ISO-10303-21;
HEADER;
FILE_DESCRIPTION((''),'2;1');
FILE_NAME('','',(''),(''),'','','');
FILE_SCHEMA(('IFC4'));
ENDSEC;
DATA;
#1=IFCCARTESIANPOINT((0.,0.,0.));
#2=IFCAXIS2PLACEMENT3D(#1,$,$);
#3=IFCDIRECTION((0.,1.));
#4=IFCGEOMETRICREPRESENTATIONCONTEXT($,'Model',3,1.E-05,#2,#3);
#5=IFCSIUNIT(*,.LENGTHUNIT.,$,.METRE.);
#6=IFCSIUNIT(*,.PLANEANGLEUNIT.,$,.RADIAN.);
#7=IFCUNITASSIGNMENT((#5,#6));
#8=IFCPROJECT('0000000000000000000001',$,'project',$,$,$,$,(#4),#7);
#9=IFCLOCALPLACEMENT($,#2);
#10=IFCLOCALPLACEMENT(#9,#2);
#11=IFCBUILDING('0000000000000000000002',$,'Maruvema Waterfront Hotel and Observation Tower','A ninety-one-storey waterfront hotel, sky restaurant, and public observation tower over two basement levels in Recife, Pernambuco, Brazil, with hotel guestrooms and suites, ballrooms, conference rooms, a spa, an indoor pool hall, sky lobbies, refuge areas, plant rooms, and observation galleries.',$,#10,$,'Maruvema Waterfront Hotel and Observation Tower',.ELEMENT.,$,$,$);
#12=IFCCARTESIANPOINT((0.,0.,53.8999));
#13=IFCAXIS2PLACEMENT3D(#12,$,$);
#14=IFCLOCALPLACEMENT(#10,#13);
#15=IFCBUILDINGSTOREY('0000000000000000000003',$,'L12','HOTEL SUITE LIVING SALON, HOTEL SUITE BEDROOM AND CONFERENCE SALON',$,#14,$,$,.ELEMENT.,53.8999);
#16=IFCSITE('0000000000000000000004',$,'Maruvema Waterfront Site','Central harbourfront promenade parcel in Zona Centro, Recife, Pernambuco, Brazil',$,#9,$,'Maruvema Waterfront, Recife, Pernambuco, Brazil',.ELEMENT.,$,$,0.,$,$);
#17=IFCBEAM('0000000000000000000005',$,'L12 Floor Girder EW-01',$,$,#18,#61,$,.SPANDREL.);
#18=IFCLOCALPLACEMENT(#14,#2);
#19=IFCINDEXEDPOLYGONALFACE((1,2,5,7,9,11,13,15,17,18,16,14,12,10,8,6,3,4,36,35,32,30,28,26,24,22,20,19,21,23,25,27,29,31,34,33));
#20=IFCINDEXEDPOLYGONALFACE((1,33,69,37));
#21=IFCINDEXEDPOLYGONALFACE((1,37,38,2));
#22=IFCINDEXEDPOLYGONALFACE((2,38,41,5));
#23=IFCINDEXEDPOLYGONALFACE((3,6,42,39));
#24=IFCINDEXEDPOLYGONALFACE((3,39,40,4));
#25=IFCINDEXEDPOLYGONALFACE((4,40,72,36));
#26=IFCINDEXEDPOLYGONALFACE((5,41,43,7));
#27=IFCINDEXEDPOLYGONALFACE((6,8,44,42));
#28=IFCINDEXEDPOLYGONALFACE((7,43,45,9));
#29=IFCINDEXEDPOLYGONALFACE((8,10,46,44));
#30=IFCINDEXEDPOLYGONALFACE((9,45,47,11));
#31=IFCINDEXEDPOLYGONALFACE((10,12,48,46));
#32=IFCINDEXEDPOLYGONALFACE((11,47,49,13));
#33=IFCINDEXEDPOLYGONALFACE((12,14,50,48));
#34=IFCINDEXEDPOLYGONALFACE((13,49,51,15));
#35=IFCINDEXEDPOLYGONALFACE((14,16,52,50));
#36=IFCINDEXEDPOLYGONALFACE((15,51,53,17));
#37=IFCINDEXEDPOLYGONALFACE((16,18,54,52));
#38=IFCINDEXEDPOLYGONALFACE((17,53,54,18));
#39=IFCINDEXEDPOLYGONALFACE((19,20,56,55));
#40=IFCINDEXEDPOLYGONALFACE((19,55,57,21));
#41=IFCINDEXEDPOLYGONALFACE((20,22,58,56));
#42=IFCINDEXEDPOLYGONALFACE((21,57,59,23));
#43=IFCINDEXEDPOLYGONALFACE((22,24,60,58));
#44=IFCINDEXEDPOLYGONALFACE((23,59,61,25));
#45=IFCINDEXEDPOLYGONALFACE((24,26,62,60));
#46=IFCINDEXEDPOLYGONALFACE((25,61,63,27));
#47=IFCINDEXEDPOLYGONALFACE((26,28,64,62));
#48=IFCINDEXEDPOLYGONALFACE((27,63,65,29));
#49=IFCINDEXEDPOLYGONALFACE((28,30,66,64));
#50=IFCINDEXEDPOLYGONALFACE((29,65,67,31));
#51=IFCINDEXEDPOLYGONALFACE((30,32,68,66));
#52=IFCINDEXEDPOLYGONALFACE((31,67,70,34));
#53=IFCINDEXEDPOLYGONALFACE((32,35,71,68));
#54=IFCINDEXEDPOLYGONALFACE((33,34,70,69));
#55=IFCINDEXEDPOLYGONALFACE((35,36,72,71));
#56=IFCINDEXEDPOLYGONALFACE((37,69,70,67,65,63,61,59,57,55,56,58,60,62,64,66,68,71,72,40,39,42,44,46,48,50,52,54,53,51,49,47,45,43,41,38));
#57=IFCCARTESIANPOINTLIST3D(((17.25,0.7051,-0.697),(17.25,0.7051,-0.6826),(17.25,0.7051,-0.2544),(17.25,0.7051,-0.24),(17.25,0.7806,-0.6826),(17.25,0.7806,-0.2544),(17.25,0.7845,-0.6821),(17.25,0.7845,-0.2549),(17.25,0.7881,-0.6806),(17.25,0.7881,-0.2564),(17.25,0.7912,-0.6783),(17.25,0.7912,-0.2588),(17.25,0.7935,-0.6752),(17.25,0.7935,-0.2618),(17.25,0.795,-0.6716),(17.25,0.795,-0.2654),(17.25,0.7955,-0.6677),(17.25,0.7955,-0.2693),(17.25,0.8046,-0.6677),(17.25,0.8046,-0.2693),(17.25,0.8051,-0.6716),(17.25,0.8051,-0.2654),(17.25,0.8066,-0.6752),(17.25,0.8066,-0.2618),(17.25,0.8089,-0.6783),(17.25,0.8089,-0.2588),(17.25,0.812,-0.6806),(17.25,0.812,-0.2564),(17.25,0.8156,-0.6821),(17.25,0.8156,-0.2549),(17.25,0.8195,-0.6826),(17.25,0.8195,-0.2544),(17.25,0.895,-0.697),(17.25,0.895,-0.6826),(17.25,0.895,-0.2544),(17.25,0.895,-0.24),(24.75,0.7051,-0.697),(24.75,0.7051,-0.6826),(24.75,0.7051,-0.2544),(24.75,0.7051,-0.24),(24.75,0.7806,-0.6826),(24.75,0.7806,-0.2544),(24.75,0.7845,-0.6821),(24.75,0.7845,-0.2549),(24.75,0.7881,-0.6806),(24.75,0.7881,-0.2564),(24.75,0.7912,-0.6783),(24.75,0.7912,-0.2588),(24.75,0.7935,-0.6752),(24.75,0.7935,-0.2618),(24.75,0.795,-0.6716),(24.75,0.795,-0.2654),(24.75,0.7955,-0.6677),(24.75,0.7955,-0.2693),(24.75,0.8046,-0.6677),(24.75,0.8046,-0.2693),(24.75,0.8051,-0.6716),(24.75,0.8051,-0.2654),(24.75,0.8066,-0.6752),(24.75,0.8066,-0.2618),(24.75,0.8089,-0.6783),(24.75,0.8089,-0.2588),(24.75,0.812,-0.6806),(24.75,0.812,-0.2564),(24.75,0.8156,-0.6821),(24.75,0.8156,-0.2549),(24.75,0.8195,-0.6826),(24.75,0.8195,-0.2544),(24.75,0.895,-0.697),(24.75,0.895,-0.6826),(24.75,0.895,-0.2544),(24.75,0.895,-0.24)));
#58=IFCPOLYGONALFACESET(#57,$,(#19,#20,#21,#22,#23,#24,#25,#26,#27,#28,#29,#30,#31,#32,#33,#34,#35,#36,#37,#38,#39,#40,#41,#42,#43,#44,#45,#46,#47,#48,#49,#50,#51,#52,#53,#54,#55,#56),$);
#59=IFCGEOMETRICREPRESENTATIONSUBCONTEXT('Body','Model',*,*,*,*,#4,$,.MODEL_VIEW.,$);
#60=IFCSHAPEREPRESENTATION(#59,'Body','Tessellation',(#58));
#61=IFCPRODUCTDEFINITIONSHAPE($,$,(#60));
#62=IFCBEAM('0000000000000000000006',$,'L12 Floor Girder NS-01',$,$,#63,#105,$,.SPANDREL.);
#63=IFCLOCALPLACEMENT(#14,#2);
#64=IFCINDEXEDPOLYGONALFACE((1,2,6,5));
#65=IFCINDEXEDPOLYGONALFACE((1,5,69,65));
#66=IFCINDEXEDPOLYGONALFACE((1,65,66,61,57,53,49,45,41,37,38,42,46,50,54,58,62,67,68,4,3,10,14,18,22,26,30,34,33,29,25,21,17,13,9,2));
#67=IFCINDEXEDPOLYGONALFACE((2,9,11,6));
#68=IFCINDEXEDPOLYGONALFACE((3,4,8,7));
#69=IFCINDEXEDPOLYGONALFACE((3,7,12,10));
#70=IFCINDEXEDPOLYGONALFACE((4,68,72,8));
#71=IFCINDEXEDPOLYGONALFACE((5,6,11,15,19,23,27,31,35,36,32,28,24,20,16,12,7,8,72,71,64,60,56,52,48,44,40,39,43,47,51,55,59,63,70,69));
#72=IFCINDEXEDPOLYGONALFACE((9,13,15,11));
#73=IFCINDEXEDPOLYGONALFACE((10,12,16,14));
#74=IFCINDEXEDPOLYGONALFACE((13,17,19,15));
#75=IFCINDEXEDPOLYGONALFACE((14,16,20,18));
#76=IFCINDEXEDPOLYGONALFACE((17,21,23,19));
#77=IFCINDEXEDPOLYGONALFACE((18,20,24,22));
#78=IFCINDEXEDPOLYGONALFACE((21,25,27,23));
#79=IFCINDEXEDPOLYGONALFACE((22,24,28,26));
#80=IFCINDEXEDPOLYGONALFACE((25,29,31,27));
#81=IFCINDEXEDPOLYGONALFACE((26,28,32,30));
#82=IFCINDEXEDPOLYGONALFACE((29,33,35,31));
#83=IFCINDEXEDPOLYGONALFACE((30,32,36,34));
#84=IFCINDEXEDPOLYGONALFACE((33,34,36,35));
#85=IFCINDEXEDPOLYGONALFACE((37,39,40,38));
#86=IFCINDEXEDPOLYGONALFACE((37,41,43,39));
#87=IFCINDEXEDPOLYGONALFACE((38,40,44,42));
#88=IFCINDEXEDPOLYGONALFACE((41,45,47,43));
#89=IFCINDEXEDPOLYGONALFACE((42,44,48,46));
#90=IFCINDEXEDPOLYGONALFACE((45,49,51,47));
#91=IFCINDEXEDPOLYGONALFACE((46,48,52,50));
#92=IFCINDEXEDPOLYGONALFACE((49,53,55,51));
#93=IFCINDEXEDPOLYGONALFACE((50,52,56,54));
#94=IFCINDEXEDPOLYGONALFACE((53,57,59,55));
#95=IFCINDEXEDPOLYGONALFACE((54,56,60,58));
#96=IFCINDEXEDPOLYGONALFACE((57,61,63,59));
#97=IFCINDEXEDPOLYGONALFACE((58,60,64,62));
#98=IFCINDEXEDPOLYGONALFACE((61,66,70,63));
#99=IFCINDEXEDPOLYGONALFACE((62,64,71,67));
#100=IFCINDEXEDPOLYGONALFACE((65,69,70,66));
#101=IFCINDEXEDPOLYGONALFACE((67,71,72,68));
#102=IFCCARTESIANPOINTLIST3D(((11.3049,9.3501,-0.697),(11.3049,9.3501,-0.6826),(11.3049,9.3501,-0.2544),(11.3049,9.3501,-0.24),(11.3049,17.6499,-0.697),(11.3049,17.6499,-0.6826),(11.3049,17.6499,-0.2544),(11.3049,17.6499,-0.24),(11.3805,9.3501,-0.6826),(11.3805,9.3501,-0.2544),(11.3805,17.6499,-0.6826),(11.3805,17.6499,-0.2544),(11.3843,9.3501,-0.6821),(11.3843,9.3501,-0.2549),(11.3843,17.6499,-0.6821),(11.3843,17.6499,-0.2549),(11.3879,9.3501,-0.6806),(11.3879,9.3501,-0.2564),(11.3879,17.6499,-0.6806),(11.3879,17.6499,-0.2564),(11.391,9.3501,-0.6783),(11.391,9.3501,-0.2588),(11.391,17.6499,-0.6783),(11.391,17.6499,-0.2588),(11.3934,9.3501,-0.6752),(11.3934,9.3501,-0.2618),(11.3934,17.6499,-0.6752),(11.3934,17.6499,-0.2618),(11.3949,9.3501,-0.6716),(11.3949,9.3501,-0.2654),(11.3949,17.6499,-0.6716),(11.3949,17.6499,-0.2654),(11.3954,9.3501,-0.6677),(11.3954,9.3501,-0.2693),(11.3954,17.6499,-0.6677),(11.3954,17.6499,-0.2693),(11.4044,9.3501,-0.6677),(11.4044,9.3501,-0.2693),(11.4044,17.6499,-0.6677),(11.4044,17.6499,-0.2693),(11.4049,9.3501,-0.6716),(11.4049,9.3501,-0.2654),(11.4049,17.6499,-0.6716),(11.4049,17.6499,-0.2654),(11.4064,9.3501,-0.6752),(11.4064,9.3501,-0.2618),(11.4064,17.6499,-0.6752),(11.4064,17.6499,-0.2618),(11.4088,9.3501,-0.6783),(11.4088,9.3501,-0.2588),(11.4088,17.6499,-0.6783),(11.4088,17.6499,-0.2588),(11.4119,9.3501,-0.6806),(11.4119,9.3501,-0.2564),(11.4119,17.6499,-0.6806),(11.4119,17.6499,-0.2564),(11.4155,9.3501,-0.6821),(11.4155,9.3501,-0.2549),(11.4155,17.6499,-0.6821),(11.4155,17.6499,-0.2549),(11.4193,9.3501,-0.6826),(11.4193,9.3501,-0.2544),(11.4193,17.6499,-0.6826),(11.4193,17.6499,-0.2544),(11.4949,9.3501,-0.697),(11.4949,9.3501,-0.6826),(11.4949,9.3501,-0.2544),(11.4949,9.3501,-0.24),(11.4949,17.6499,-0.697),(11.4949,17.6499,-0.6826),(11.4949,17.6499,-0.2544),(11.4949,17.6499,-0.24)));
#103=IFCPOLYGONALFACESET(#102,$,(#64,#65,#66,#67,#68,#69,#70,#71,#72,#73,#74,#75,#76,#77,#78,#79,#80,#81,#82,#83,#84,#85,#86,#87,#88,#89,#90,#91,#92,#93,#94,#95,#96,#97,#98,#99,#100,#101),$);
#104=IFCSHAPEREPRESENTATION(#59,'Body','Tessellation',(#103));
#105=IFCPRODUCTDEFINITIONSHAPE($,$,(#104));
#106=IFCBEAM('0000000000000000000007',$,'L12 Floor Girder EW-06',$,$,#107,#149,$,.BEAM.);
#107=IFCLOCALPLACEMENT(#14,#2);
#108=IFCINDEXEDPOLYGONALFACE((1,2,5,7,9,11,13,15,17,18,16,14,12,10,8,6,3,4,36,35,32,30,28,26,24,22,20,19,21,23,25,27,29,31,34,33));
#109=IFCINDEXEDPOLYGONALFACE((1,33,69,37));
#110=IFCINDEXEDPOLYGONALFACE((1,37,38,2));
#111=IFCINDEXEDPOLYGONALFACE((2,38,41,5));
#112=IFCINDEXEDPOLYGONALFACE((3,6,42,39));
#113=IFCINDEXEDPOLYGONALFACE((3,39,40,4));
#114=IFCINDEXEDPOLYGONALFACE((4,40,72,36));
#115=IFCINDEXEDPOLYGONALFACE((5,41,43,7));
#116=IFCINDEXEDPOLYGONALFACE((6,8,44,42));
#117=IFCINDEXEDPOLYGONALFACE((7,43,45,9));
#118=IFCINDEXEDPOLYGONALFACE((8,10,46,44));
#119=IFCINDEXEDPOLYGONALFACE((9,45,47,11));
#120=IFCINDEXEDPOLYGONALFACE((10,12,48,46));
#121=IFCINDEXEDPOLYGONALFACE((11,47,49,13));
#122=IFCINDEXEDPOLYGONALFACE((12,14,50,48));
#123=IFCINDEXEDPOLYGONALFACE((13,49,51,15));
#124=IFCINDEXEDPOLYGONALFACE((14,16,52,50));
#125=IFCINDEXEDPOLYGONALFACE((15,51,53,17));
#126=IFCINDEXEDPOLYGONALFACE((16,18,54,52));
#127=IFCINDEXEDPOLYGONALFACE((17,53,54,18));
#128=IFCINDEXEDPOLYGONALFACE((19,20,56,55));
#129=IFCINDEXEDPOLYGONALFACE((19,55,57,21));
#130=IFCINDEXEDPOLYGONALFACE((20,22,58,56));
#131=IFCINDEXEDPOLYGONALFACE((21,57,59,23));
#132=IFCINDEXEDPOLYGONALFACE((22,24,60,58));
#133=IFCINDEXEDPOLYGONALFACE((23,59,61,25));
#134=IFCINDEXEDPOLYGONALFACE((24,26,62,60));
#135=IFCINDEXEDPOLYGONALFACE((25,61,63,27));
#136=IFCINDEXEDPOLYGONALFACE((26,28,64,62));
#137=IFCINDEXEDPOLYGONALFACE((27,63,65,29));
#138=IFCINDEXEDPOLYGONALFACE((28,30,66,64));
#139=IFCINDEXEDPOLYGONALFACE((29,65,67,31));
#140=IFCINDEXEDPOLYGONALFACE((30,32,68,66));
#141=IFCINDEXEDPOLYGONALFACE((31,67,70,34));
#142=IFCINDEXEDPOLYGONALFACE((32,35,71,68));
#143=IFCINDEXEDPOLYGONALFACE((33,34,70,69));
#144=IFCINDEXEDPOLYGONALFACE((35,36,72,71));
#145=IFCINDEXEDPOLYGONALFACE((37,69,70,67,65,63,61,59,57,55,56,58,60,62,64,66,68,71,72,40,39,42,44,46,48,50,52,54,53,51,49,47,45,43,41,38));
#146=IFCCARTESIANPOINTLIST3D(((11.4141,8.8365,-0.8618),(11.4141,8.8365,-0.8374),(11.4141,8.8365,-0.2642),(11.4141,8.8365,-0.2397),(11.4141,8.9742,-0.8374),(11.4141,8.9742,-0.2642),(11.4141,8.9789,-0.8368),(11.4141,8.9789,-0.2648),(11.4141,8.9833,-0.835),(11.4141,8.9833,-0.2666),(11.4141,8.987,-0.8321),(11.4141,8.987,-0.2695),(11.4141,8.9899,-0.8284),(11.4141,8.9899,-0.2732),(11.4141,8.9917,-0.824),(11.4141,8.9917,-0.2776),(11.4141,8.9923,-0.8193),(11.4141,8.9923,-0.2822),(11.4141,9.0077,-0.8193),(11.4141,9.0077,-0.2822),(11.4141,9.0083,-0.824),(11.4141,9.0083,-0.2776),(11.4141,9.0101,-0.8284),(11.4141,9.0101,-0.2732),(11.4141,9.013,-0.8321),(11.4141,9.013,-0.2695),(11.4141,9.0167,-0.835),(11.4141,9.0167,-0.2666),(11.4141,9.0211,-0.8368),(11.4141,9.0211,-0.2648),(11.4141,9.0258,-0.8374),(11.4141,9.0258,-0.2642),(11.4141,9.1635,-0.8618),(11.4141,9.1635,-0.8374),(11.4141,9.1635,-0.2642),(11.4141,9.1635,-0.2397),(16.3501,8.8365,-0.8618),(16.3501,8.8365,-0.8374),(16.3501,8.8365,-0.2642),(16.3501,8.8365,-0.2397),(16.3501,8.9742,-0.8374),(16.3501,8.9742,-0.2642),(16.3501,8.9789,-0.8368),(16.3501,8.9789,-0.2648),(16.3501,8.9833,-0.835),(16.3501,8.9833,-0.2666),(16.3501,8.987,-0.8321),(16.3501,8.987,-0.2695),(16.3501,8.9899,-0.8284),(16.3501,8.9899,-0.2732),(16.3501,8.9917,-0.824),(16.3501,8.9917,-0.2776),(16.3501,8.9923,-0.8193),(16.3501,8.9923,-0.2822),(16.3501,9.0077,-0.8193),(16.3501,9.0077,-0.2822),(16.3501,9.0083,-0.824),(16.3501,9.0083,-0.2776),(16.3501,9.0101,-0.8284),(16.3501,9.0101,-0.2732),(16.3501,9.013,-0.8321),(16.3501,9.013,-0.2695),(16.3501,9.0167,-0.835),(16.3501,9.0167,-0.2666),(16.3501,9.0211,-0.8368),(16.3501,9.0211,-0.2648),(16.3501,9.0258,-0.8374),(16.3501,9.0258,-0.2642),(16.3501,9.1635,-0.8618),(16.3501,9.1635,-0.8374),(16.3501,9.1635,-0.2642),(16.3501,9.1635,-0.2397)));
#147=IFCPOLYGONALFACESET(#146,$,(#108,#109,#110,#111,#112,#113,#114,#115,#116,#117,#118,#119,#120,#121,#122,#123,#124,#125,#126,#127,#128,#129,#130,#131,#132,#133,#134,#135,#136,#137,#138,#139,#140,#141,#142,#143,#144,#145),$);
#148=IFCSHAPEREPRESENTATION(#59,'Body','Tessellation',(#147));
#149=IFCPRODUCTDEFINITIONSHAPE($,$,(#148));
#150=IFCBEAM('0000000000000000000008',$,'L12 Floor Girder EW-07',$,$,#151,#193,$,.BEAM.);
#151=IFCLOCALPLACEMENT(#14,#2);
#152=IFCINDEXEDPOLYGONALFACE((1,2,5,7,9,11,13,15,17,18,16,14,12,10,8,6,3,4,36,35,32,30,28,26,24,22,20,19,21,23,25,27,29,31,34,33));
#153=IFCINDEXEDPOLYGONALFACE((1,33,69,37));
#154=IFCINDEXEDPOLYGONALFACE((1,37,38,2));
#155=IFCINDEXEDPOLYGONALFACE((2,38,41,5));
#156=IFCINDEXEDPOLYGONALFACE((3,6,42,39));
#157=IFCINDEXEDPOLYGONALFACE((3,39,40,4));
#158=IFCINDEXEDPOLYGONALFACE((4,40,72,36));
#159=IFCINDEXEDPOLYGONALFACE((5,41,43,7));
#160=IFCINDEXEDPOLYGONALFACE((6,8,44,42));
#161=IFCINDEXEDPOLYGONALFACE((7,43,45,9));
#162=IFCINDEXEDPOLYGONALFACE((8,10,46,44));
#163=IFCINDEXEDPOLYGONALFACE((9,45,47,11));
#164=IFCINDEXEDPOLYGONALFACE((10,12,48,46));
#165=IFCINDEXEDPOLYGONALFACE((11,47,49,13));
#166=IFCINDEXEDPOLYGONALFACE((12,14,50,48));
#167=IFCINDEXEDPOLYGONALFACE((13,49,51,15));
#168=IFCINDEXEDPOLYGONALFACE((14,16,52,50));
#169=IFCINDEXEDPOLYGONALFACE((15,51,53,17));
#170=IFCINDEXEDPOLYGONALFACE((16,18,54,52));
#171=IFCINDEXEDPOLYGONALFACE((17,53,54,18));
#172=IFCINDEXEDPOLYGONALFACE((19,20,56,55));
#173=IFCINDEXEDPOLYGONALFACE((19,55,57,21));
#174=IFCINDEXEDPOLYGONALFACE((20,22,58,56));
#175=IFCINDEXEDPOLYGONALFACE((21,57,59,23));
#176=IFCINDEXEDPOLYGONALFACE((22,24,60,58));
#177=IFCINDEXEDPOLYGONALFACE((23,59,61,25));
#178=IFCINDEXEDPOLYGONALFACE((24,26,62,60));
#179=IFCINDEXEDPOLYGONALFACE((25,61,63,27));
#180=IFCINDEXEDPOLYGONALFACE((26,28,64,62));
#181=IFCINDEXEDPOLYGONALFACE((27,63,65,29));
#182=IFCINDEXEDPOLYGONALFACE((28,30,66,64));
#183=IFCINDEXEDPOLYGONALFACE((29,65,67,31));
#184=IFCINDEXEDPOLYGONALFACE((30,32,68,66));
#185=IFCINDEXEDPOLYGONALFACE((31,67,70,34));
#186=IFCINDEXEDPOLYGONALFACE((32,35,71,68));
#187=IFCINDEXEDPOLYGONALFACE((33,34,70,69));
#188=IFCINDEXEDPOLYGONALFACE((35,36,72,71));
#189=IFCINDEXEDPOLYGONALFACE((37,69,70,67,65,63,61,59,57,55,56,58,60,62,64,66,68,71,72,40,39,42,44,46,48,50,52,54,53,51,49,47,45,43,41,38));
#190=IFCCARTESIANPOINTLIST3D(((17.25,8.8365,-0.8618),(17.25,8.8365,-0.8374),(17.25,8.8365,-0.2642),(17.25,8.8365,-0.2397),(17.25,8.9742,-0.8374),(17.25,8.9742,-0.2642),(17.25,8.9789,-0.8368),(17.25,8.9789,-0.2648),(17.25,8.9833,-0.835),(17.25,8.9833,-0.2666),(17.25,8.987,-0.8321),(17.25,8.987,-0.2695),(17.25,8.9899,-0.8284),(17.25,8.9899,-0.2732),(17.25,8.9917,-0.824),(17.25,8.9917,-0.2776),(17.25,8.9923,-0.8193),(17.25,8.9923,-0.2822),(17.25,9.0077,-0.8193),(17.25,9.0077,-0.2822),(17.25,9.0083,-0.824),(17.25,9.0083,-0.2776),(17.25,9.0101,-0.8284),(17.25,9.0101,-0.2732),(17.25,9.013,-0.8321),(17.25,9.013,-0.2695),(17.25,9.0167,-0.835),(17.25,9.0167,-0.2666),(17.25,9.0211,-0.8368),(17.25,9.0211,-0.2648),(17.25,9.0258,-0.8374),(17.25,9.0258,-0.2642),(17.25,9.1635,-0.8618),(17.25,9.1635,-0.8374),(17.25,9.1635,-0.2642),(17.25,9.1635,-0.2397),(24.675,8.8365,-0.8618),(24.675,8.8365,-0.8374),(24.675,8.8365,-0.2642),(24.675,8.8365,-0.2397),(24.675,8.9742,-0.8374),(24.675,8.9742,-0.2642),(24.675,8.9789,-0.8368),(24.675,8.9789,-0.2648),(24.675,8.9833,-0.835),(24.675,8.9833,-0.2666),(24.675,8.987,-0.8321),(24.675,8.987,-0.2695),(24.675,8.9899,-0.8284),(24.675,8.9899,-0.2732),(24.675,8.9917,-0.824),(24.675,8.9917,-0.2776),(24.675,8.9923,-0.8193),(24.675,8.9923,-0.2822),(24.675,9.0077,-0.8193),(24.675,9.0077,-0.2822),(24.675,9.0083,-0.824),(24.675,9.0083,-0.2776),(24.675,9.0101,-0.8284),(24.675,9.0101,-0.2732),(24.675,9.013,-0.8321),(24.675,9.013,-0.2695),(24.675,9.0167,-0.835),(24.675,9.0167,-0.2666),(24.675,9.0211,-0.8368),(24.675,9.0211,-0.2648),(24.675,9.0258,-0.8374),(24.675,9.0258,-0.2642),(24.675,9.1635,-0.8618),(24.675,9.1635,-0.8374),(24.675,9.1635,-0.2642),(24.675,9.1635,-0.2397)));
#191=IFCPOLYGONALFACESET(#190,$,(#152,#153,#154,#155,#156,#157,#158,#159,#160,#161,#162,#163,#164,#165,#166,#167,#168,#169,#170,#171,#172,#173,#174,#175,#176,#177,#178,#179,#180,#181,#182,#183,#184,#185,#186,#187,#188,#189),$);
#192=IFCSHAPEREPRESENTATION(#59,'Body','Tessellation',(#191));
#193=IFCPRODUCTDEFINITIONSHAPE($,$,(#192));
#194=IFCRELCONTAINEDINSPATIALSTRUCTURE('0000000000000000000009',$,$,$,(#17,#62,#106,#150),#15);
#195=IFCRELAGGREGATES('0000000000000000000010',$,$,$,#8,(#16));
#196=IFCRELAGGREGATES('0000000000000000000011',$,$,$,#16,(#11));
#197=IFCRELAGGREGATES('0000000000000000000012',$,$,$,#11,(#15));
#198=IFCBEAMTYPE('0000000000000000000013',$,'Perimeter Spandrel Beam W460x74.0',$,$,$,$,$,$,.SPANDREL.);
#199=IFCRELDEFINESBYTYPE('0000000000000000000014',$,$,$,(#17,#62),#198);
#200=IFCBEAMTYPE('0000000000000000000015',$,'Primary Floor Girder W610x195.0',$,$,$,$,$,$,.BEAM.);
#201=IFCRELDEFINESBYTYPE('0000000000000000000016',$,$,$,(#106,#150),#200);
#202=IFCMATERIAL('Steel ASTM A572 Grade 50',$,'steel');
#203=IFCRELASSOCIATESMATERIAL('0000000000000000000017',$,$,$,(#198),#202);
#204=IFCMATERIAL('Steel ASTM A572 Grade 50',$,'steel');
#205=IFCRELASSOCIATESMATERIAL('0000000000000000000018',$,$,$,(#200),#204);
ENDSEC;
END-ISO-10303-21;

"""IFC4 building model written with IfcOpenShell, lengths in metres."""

from ifc_helpers import new_model, si_unit, direction, frame, origin, origin_2d, place, context, subcontext, project, spatial, i_section, extrude, material, material_profile, profile_set, type_object, element, save


model = new_model("IFC4")

# Units and contexts
model_context = context("Model", 3, precision=1e-05, world=origin(), true_north=direction((0.0, 1.0)))
body_context = subcontext(model_context, "Body", "Model", "MODEL_VIEW")
ifc_project = project(units=[si_unit("LENGTHUNIT", "METRE"), si_unit("PLANEANGLEUNIT", "RADIAN")], contexts=[model_context])

# Site, building, storey
site_placement = place(None, origin())
site = spatial("IfcSite", under=ifc_project, at=site_placement, Name="Maruvema Waterfront Site", Description="Central harbourfront promenade parcel in Zona Centro, Recife, Pernambuco, Brazil", LongName="Maruvema Waterfront, Recife, Pernambuco, Brazil", CompositionType="ELEMENT", RefElevation=0.0)
building_placement = place(site_placement, origin())
building = spatial("IfcBuilding", under=site, at=building_placement, Name="Maruvema Waterfront Hotel and Observation Tower", Description="A ninety-one-storey waterfront hotel, sky restaurant, and public observation tower over two basement levels in Recife, Pernambuco, Brazil, with hotel guestrooms and suites, ballrooms, conference rooms, a spa, an indoor pool hall, sky lobbies, refuge areas, plant rooms, and observation galleries.", LongName="Maruvema Waterfront Hotel and Observation Tower", CompositionType="ELEMENT")
storey_placement = place(building_placement, frame((0.0, 0.0, 53.8999)))
storey = spatial("IfcBuildingStorey", under=building, at=storey_placement, Name="L12", Description="HOTEL SUITE LIVING SALON, HOTEL SUITE BEDROOM AND CONFERENCE SALON", CompositionType="ELEMENT", Elevation=53.8999)

# Beams
ifc_material_1 = material(Name="Steel ASTM A572 Grade 50", Category="steel")
ifc_material_profile_1 = material_profile(ifc_material_1, i_section(OverallWidth=0.1899, OverallDepth=0.457, WebThickness=0.009, FlangeThickness=0.0144, FilletRadius=0.0149, at=origin_2d()), Name="W460x74.0")
ifc_profile_set_1 = profile_set([ifc_material_profile_1], Name="Steel ASTM A572 Grade 50")
beam_type_1 = type_object("IfcBeamType", Name="Perimeter Spandrel Beam W460x74.0", PredefinedType="SPANDREL", material=ifc_profile_set_1)
beam_1_placement = place(storey_placement, frame((17.25, 0.8, -0.4685), z_axis=(1.0, 0.0, 0.0), x_axis=(0.0, 1.0, 0.0)))
element("IfcBeam", 1, at=beam_1_placement, inside=storey, type_object=beam_type_1, Name="L12 Floor Girder EW-01", PredefinedType="SPANDREL", context=body_context, shape_type="SweptSolid", body=[
    extrude(i_section(OverallWidth=0.1899, OverallDepth=0.457, WebThickness=0.009, FlangeThickness=0.0144, FilletRadius=0.0149, at=origin_2d()), origin(), (0.0, 0.0, 1.0), 7.5),
])
beam_2_placement = place(storey_placement, frame((11.3999, 9.3501, -0.4685), z_axis=(0.0, 1.0, 0.0), x_axis=(-1.0, 0.0, 0.0)))
element("IfcBeam", 2, at=beam_2_placement, inside=storey, type_object=beam_type_1, Name="L12 Floor Girder NS-01", PredefinedType="SPANDREL", context=body_context, shape_type="SweptSolid", body=[
    extrude(i_section(OverallWidth=0.1899, OverallDepth=0.457, WebThickness=0.009, FlangeThickness=0.0144, FilletRadius=0.0149, at=origin_2d()), origin(), (0.0, 0.0, 1.0), 8.2998),
])
ifc_material_2 = material(Name="Steel ASTM A572 Grade 50", Category="steel")
ifc_material_profile_2 = material_profile(ifc_material_2, i_section(OverallWidth=0.3269, OverallDepth=0.6221, WebThickness=0.0154, FlangeThickness=0.0244, FilletRadius=0.0181, at=origin_2d()), Name="W610x195.0")
ifc_profile_set_2 = profile_set([ifc_material_profile_2], Name="Steel ASTM A572 Grade 50")
beam_type_2 = type_object("IfcBeamType", Name="Primary Floor Girder W610x195.0", PredefinedType="BEAM", material=ifc_profile_set_2)
beam_3_placement = place(storey_placement, frame((11.4141, 9.0, -0.5508), z_axis=(1.0, 0.0, 0.0), x_axis=(0.0, 1.0, 0.0)))
element("IfcBeam", 3, at=beam_3_placement, inside=storey, type_object=beam_type_2, Name="L12 Floor Girder EW-06", PredefinedType="BEAM", context=body_context, shape_type="SweptSolid", body=[
    extrude(i_section(OverallWidth=0.3269, OverallDepth=0.6221, WebThickness=0.0154, FlangeThickness=0.0244, FilletRadius=0.0181, at=origin_2d()), origin(), (0.0, 0.0, 1.0), 4.936),
])
beam_4_placement = place(storey_placement, frame((17.25, 9.0, -0.5508), z_axis=(1.0, 0.0, 0.0), x_axis=(0.0, 1.0, 0.0)))
element("IfcBeam", 4, at=beam_4_placement, inside=storey, type_object=beam_type_2, Name="L12 Floor Girder EW-07", PredefinedType="BEAM", context=body_context, shape_type="SweptSolid", body=[
    extrude(i_section(OverallWidth=0.3269, OverallDepth=0.6221, WebThickness=0.0154, FlangeThickness=0.0244, FilletRadius=0.0181, at=origin_2d()), origin(), (0.0, 0.0, 1.0), 7.425),
])

save(model, "model.ifc")
